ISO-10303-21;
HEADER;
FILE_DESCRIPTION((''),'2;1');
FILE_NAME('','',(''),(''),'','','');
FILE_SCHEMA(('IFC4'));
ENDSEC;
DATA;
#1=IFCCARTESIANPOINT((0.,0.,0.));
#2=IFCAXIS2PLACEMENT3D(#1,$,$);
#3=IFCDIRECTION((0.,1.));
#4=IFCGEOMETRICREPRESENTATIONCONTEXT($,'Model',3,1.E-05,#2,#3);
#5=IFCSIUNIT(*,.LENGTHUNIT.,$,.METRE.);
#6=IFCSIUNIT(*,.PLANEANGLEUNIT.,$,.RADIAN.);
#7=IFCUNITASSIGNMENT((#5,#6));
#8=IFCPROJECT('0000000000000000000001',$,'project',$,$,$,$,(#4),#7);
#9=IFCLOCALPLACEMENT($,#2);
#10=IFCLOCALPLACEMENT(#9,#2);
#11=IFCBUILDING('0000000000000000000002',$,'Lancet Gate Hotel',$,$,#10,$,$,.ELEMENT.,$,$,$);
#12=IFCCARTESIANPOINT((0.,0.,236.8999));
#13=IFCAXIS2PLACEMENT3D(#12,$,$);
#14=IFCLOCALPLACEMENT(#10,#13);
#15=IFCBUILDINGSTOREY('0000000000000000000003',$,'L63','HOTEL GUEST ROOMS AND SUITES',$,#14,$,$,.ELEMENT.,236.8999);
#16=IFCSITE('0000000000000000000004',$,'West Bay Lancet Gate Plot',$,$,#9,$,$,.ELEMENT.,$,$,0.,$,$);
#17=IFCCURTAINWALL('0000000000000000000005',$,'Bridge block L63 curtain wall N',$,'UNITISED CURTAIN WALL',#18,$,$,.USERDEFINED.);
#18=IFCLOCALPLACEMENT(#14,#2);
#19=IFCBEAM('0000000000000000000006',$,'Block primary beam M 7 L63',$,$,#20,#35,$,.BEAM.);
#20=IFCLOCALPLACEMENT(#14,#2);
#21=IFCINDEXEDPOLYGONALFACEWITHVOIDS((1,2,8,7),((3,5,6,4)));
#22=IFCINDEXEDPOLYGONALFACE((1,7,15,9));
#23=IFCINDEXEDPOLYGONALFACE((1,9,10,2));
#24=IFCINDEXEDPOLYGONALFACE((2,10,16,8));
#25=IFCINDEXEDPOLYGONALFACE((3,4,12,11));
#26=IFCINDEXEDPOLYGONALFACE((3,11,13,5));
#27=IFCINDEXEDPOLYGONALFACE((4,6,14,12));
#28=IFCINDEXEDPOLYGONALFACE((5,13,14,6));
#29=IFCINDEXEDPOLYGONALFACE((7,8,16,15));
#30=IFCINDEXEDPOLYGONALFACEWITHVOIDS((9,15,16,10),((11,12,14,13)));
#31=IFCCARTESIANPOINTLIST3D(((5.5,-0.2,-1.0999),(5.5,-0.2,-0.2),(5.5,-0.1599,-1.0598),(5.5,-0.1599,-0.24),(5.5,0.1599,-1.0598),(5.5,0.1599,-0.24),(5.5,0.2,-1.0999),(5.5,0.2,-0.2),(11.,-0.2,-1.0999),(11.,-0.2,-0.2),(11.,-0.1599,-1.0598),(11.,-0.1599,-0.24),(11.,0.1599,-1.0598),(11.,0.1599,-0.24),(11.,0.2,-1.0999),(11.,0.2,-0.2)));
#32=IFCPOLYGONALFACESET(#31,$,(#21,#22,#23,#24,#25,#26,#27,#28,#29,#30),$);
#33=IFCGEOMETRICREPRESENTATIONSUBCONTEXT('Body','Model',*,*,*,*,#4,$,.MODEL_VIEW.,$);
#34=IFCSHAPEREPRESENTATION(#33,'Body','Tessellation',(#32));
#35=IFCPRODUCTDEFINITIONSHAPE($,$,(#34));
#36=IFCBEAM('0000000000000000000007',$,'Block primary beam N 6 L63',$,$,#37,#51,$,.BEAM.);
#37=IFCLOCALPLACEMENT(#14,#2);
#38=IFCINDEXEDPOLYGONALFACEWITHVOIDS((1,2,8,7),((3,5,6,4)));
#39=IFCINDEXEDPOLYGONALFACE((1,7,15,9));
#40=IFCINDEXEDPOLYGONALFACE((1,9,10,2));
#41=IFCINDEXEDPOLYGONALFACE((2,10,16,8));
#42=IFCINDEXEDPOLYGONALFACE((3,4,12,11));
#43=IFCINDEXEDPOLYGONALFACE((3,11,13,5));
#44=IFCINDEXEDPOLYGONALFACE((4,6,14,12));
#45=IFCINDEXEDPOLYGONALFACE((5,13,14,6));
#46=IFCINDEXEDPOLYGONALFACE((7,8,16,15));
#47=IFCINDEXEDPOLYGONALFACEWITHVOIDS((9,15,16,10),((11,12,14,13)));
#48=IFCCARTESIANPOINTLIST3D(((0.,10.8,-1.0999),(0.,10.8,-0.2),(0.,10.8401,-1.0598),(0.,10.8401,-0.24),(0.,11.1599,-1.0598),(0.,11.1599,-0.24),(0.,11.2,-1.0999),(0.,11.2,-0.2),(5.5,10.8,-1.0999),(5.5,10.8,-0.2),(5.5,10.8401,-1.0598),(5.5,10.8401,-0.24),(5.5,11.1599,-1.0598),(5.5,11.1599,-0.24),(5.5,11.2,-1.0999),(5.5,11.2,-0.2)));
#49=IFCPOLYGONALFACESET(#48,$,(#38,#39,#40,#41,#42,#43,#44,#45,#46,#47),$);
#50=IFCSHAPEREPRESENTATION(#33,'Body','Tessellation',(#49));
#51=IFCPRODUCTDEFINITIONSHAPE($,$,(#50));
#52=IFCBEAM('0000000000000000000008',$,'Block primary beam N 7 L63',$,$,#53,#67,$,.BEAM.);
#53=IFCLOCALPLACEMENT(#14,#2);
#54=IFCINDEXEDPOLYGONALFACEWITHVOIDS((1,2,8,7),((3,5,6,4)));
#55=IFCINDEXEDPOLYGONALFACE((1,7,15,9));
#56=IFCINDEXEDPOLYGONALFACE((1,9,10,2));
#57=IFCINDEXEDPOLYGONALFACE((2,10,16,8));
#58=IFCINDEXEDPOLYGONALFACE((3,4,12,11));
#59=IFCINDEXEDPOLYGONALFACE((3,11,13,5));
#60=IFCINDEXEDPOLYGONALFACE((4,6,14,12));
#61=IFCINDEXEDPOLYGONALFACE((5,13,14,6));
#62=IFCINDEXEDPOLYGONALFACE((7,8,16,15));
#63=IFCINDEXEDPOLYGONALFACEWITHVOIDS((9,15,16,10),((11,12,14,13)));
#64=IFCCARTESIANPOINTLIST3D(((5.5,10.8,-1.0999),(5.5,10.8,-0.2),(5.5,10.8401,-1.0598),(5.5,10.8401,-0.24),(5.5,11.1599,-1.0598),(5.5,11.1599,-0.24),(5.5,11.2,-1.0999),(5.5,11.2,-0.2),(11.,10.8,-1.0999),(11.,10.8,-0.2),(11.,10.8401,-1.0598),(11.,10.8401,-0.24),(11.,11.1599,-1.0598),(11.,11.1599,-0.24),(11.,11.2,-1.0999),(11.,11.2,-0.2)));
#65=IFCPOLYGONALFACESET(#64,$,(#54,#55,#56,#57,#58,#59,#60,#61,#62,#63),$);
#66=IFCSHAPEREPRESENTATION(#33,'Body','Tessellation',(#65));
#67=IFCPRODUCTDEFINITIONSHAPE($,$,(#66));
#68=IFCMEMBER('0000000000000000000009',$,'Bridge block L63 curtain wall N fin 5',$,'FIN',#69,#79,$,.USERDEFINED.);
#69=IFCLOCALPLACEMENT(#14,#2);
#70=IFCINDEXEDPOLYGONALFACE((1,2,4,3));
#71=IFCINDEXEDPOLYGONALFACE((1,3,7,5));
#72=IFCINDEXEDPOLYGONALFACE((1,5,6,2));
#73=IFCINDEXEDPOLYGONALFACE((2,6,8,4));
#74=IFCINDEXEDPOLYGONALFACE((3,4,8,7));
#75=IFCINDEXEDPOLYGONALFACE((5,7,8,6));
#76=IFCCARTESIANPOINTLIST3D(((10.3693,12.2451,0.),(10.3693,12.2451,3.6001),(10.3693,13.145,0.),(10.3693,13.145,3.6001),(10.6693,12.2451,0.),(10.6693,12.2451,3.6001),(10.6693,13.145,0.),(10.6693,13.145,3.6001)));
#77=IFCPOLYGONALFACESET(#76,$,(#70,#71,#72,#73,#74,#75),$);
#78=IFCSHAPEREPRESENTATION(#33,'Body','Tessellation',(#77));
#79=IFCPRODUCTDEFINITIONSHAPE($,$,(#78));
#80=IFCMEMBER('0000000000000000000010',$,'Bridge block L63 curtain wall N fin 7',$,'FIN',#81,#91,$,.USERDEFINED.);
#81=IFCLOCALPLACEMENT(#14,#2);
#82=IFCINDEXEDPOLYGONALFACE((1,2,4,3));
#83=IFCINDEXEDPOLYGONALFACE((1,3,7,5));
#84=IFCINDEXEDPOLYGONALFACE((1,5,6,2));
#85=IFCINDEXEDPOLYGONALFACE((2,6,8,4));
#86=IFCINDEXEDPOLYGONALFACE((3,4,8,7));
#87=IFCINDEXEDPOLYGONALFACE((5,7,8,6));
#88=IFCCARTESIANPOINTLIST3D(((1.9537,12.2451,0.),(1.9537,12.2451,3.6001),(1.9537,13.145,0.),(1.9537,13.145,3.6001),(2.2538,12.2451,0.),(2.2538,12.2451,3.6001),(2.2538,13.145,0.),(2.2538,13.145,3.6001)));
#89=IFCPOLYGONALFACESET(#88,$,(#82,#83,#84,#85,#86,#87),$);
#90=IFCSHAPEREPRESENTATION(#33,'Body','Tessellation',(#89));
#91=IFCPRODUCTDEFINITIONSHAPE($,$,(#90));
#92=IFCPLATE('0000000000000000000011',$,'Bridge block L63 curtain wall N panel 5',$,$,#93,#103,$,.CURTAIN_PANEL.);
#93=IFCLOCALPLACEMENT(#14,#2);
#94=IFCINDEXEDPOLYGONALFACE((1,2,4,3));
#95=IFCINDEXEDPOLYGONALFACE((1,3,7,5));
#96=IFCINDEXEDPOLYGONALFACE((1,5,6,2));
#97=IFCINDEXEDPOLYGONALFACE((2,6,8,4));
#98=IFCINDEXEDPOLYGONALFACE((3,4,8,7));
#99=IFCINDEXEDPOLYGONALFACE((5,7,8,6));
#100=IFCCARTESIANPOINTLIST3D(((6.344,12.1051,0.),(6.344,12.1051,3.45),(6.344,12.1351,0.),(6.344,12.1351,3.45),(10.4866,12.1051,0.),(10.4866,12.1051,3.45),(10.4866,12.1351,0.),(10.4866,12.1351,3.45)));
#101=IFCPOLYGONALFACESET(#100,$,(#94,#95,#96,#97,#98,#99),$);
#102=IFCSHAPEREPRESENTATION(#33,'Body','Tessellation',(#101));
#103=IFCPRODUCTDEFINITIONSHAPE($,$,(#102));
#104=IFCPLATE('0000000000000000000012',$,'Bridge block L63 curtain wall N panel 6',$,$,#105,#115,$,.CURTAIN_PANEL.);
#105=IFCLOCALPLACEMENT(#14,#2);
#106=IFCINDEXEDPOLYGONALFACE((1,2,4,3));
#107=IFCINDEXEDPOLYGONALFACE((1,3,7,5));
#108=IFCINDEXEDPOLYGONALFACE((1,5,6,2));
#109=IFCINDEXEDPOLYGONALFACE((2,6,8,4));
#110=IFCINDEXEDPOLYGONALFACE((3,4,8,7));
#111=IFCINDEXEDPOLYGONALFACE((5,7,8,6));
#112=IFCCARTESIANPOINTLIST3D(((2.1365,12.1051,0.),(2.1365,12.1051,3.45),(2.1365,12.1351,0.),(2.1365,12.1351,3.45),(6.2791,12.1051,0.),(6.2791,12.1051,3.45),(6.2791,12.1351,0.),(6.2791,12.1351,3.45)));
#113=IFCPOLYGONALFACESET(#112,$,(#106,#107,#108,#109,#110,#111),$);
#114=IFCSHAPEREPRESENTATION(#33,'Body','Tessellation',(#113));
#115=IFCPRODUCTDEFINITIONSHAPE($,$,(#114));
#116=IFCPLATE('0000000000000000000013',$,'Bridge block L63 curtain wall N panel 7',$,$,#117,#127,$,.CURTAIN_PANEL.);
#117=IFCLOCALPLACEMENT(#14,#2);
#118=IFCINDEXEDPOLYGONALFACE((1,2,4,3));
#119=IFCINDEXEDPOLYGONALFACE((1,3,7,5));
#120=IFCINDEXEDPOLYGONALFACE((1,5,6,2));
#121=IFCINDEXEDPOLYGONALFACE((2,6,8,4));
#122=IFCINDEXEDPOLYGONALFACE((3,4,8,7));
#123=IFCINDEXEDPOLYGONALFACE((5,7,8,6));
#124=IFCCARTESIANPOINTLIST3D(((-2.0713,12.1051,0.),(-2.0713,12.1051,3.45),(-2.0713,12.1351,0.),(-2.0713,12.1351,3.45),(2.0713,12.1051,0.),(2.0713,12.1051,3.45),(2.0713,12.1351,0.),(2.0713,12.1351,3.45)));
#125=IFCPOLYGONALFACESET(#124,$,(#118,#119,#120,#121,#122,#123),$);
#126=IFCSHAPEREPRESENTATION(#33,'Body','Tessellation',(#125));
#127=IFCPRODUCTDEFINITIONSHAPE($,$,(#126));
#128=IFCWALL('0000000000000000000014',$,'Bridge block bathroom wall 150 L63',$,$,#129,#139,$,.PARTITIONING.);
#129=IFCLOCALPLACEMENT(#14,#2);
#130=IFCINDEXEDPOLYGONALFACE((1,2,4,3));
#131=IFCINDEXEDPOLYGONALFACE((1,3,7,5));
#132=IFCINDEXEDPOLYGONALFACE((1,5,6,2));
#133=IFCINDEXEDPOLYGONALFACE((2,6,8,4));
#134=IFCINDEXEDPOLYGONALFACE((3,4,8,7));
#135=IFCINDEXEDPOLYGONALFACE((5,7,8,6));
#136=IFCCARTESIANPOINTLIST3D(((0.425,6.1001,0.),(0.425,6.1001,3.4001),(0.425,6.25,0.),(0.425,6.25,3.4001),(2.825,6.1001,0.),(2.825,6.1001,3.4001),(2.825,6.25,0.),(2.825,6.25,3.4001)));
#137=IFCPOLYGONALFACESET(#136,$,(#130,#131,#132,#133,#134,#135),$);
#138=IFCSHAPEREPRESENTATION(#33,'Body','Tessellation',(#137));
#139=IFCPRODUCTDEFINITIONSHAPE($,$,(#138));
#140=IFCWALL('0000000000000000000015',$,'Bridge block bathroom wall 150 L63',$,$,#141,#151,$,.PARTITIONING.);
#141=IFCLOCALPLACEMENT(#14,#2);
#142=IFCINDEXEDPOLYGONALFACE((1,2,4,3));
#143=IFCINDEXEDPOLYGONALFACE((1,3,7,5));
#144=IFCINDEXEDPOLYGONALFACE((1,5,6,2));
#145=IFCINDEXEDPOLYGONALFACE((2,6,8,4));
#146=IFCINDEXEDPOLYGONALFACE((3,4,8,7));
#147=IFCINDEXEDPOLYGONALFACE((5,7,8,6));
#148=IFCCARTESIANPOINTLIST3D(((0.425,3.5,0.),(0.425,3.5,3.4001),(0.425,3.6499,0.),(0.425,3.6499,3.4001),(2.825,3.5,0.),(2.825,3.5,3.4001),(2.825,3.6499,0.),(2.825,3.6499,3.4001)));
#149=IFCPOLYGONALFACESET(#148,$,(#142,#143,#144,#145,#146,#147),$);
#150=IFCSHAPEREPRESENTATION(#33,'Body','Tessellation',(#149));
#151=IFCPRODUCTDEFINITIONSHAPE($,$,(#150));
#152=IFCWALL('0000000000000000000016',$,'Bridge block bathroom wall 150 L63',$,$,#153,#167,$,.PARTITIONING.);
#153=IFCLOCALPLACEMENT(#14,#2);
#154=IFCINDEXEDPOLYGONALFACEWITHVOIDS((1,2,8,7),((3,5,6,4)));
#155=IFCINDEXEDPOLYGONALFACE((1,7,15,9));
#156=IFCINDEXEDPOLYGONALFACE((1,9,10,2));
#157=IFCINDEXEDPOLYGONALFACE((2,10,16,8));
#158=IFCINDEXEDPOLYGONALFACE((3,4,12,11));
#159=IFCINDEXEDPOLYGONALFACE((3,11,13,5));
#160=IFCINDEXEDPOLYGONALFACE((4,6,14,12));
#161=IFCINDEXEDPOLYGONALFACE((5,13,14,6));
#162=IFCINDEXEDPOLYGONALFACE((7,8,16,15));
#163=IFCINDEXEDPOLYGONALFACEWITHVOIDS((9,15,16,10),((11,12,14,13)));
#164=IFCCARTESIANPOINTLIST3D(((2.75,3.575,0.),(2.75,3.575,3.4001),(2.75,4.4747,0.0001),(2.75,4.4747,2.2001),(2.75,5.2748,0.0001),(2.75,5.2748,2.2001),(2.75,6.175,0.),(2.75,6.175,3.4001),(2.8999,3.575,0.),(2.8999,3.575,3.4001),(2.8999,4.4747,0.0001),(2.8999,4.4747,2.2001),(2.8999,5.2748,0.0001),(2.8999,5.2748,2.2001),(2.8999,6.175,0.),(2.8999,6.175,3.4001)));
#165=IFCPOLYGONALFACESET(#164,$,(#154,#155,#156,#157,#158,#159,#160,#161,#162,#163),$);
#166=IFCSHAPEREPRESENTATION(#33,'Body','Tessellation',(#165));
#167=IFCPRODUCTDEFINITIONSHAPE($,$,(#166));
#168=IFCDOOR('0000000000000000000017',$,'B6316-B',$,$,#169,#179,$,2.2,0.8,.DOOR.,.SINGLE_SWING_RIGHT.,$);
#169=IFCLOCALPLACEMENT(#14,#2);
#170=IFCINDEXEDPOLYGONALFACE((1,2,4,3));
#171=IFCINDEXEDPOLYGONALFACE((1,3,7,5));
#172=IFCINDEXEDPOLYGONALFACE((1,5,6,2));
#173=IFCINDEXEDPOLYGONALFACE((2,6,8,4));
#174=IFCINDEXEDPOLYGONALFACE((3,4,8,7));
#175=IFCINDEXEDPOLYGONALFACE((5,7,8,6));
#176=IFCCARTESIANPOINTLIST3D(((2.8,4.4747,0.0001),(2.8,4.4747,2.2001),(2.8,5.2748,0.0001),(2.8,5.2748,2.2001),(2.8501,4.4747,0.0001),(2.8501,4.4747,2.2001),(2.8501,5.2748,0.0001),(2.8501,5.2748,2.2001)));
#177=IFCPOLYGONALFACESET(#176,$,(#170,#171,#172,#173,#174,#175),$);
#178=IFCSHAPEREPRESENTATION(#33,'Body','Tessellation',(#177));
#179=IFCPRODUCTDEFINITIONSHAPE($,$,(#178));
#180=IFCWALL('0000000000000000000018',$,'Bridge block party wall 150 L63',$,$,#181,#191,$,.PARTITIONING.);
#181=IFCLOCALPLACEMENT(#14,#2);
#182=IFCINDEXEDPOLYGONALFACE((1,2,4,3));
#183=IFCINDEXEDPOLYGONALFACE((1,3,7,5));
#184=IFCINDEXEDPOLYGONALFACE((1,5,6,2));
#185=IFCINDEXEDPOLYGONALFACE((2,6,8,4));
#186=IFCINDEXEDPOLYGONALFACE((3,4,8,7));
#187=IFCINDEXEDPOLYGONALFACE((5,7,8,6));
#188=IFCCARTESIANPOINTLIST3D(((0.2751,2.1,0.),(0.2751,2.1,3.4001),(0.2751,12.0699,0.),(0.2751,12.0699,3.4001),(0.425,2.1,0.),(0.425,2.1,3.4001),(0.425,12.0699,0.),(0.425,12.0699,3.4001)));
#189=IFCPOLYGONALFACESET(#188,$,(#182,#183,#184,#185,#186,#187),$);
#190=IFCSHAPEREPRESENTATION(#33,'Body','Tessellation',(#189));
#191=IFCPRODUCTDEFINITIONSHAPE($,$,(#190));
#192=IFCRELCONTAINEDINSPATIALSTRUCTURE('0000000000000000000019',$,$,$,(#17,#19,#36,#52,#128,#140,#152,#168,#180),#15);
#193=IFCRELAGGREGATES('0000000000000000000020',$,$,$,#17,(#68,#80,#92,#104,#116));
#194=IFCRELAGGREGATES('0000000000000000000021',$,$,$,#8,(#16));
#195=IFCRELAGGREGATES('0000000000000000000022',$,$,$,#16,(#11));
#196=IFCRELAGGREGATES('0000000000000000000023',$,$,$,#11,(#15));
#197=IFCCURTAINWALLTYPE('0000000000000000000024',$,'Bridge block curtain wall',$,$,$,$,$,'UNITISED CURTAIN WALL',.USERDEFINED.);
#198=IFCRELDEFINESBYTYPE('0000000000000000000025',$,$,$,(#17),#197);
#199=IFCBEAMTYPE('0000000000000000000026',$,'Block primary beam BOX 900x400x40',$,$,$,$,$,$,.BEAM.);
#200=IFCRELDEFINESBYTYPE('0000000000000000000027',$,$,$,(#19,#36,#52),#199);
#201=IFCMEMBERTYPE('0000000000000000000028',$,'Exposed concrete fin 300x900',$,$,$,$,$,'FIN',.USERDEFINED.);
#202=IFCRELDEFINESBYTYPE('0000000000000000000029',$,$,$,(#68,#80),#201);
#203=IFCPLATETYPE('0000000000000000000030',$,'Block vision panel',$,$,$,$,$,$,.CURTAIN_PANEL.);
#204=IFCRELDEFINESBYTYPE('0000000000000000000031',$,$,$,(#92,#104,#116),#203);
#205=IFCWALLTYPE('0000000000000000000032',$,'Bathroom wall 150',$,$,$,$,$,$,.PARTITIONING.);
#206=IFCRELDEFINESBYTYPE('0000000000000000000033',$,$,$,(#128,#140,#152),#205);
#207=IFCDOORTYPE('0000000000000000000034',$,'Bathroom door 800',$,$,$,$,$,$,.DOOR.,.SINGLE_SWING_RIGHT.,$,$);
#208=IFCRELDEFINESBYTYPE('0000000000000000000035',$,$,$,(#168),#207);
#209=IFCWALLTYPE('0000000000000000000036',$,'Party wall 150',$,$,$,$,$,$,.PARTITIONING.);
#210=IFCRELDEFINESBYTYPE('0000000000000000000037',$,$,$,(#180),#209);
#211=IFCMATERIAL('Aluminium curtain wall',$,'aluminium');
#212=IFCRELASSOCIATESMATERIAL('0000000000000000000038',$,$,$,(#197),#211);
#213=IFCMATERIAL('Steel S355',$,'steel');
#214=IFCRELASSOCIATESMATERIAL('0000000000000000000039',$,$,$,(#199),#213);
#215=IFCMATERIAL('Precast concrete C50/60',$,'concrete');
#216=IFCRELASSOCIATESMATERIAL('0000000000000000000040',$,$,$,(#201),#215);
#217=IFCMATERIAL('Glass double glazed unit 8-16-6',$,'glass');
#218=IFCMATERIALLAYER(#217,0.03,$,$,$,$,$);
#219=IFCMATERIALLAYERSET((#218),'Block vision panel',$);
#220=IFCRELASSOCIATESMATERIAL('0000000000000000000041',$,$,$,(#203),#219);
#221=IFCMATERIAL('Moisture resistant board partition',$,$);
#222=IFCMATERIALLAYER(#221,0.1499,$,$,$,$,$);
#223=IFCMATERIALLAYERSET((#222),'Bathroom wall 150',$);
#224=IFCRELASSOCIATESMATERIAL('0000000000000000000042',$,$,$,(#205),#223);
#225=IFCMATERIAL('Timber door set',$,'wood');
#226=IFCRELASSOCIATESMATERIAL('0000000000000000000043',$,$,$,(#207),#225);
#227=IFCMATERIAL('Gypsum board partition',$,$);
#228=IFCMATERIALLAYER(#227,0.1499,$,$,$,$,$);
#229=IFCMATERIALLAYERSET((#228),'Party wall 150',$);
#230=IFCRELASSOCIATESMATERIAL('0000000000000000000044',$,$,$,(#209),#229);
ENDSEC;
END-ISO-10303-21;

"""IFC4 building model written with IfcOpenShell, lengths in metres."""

from ifc_helpers import new_model, si_unit, direction, frame, frame_2d, origin, origin_2d, place, context, subcontext, project, spatial, rectangle, hollow_rectangle, extrude, material, layer, layer_set, material_profile, profile_set, type_object, element, fill, aggregate, save


model = new_model("IFC4")

# Units and contexts
model_context = context("Model", 3, precision=1e-05, world=origin(), true_north=direction((0.0, 1.0)))
body_context = subcontext(model_context, "Body", "Model", "MODEL_VIEW")
ifc_project = project(units=[si_unit("LENGTHUNIT", "METRE"), si_unit("PLANEANGLEUNIT", "RADIAN")], contexts=[model_context])

# Site, building, storey
site_placement = place(None, origin())
site = spatial("IfcSite", under=ifc_project, at=site_placement, Name="West Bay Lancet Gate Plot", CompositionType="ELEMENT", RefElevation=0.0)
building_placement = place(site_placement, origin())
building = spatial("IfcBuilding", under=site, at=building_placement, Name="Lancet Gate Hotel", CompositionType="ELEMENT")
storey_placement = place(building_placement, frame((0.0, 0.0, 236.8999)))
storey = spatial("IfcBuildingStorey", under=building, at=storey_placement, Name="L63", Description="HOTEL GUEST ROOMS AND SUITES", CompositionType="ELEMENT", Elevation=236.8999)

# Curtain wall
ifc_material_1 = material(Name="Aluminium curtain wall", Category="aluminium")
curtain_wall_type = type_object("IfcCurtainWallType", Name="Bridge block curtain wall", ElementType="UNITISED CURTAIN WALL", PredefinedType="USERDEFINED", material=ifc_material_1)
curtain_wall_placement = place(storey_placement, origin())
curtain_wall = element("IfcCurtainWall", 1, at=curtain_wall_placement, inside=storey, type_object=curtain_wall_type, Name="Bridge block L63 curtain wall N", ObjectType="UNITISED CURTAIN WALL", PredefinedType="USERDEFINED")

# Beams
ifc_material_2 = material(Name="Steel S355", Category="steel")
ifc_material_profile_1 = material_profile(ifc_material_2, hollow_rectangle(XDim=0.3999, YDim=0.8999, WallThickness=0.04, at=origin_2d()), Name="BOX 900x400x40")
ifc_profile_set_1 = profile_set([ifc_material_profile_1], Name="Steel S355")
beam_type_1 = type_object("IfcBeamType", Name="Block primary beam BOX 900x400x40", PredefinedType="BEAM", material=ifc_profile_set_1)
for number, where, z_axis, x_axis, name in (
    (2, (5.5, 0.0, -0.6499), (1.0, 0.0, 0.0), (0.0, 1.0, 0.0), "Block primary beam M 7 L63"),
    (3, (0.0, 11.0, -0.6499), (1.0, 0.0, 0.0), (0.0, 1.0, 0.0), "Block primary beam N 6 L63"),
    (4, (5.5, 11.0, -0.6499), (1.0, 0.0, 0.0), (0.0, 1.0, 0.0), "Block primary beam N 7 L63"),
):
    element("IfcBeam", number, at=place(storey_placement, frame(where, z_axis=z_axis, x_axis=x_axis)), inside=storey, type_object=beam_type_1, Name=name, PredefinedType="BEAM", context=body_context, shape_type="SweptSolid", body=[
        extrude(hollow_rectangle(XDim=0.3999, YDim=0.8999, WallThickness=0.04, at=origin_2d()), origin(), (0.0, 0.0, 1.0), 5.5),
    ])

# Members
ifc_material_3 = material(Name="Precast concrete C50/60", Category="concrete")
ifc_material_profile_2 = material_profile(ifc_material_3, rectangle(XDim=0.3, YDim=0.8999, at=origin_2d()), Name="FIN 300x900")
ifc_profile_set_2 = profile_set([ifc_material_profile_2], Name="Precast concrete C50/60")
member_type_1 = type_object("IfcMemberType", Name="Exposed concrete fin 300x900", ElementType="FIN", PredefinedType="USERDEFINED", material=ifc_profile_set_2)
member_1_placement = place(storey_placement, frame((10.5193, 12.6951, 0.0), z_axis=(0.0, 0.0, 1.0), x_axis=(-1.0, 0.0, 0.0)))
member_1 = element("IfcMember", 5, at=member_1_placement, type_object=member_type_1, Name="Bridge block L63 curtain wall N fin 5", ObjectType="FIN", PredefinedType="USERDEFINED", context=body_context, shape_type="SweptSolid", body=[
    extrude(rectangle(XDim=0.3, YDim=0.8999, at=origin_2d()), origin(), (0.0, 0.0, 1.0), 3.6001),
])
member_2_placement = place(storey_placement, frame((2.1038, 12.6951, 0.0), z_axis=(0.0, 0.0, 1.0), x_axis=(-1.0, 0.0, 0.0)))
member_2 = element("IfcMember", 6, at=member_2_placement, type_object=member_type_1, Name="Bridge block L63 curtain wall N fin 7", ObjectType="FIN", PredefinedType="USERDEFINED", context=body_context, shape_type="SweptSolid", body=[
    extrude(rectangle(XDim=0.3, YDim=0.8999, at=origin_2d()), origin(), (0.0, 0.0, 1.0), 3.6001),
])

# Plates
ifc_material_4 = material(Name="Glass double glazed unit 8-16-6", Category="glass")
ifc_layer_1 = layer(ifc_material_4, 0.03)
ifc_layer_set_1 = layer_set([ifc_layer_1], Name="Block vision panel")
plate_type = type_object("IfcPlateType", Name="Block vision panel", PredefinedType="CURTAIN_PANEL", material=ifc_layer_set_1)
plate_1_placement = place(storey_placement, frame((8.4153, 12.1201, 0.0), z_axis=(0.0, 0.0, 1.0), x_axis=(-1.0, 0.0, 0.0)))
plate_1 = element("IfcPlate", 7, at=plate_1_placement, type_object=plate_type, Name="Bridge block L63 curtain wall N panel 5", PredefinedType="CURTAIN_PANEL", context=body_context, shape_type="SweptSolid", body=[
    extrude(rectangle(XDim=4.1426, YDim=0.03, at=origin_2d()), origin(), (0.0, 0.0, 1.0), 3.45),
])
plate_2_placement = place(storey_placement, frame((4.2078, 12.1201, 0.0), z_axis=(0.0, 0.0, 1.0), x_axis=(-1.0, 0.0, 0.0)))
plate_2 = element("IfcPlate", 8, at=plate_2_placement, type_object=plate_type, Name="Bridge block L63 curtain wall N panel 6", PredefinedType="CURTAIN_PANEL", context=body_context, shape_type="SweptSolid", body=[
    extrude(rectangle(XDim=4.1426, YDim=0.03, at=origin_2d()), origin(), (0.0, 0.0, 1.0), 3.45),
])
plate_3_placement = place(storey_placement, frame((0.0, 12.1201, 0.0), z_axis=(0.0, 0.0, 1.0), x_axis=(-1.0, 0.0, 0.0)))
plate_3 = element("IfcPlate", 9, at=plate_3_placement, type_object=plate_type, Name="Bridge block L63 curtain wall N panel 7", PredefinedType="CURTAIN_PANEL", context=body_context, shape_type="SweptSolid", body=[
    extrude(rectangle(XDim=4.1426, YDim=0.03, at=origin_2d()), origin(), (0.0, 0.0, 1.0), 3.45),
])
aggregate(curtain_wall, [member_1, member_2, plate_1, plate_2, plate_3])

# Walls
ifc_material_5 = material(Name="Moisture resistant board partition")
ifc_layer_2 = layer(ifc_material_5, 0.1499)
ifc_layer_set_2 = layer_set([ifc_layer_2], Name="Bathroom wall 150")
wall_type_1 = type_object("IfcWallType", Name="Bathroom wall 150", PredefinedType="PARTITIONING", material=ifc_layer_set_2)
for number, where, z_axis, x_axis, name in (
    (10, (0.425, 6.175, 0.0), (0.0, 0.0, 1.0), (1.0, 0.0, 0.0), "Bridge block bathroom wall 150 L63"),
    (11, (0.425, 3.575, 0.0), (0.0, 0.0, 1.0), (1.0, 0.0, 0.0), "Bridge block bathroom wall 150 L63"),
):
    element("IfcWall", number, at=place(storey_placement, frame(where, z_axis=z_axis, x_axis=x_axis)), inside=storey, type_object=wall_type_1, Name=name, PredefinedType="PARTITIONING", context=body_context, shape_type="SweptSolid", body=[
        extrude(rectangle(XDim=2.3999, YDim=0.1499, at=frame_2d((1.2, 0.0))), origin(), (0.0, 0.0, 1.0), 3.4001),
    ])

# Wall, opening, door
wall_1_placement = place(storey_placement, frame((2.825, 3.575, 0.0), z_axis=(0.0, 0.0, 1.0), x_axis=(0.0, 1.0, 0.0)))
wall_1 = element("IfcWall", 12, at=wall_1_placement, inside=storey, type_object=wall_type_1, Name="Bridge block bathroom wall 150 L63", PredefinedType="PARTITIONING", context=body_context, shape_type="SweptSolid", body=[
    extrude(rectangle(XDim=2.6001, YDim=0.1499, at=frame_2d((1.3, 0.0))), origin(), (0.0, 0.0, 1.0), 3.4001),
])
opening_placement = place(wall_1_placement, frame((0.8999, 0.0, 0.0)))
opening = element("IfcOpeningElement", 13, at=opening_placement, cuts=wall_1, PredefinedType="OPENING", context=body_context, shape_type="SweptSolid", body=[
    extrude(rectangle(XDim=0.8, YDim=2.2, at=frame_2d((0.3999, 1.1001))), frame((0.0, 0.085, 0.0), z_axis=(0.0, -1.0, 0.0), x_axis=(1.0, 0.0, 0.0)), (0.0, 0.0, 1.0), 0.1699),
])
ifc_material_6 = material(Name="Timber door set", Category="wood")
door_type = type_object("IfcDoorType", Name="Bathroom door 800", OperationType="SINGLE_SWING_RIGHT", PredefinedType="DOOR", material=ifc_material_6)
door_placement = place(opening_placement, origin())
door = element("IfcDoor", 14, at=door_placement, inside=storey, type_object=door_type, Name="B6316-B", OperationType="SINGLE_SWING_RIGHT", OverallHeight=2.2, OverallWidth=0.8, PredefinedType="DOOR", context=body_context, shape_type="SweptSolid", body=[
    extrude(rectangle(XDim=0.8, YDim=2.2, at=frame_2d((0.3999, 1.1001))), frame((0.0, 0.0249, 0.0), z_axis=(0.0, -1.0, 0.0), x_axis=(1.0, 0.0, 0.0)), (0.0, 0.0, 1.0), 0.05),
])
fill(opening, door)

# Wall
ifc_material_7 = material(Name="Gypsum board partition")
ifc_layer_3 = layer(ifc_material_7, 0.1499)
ifc_layer_set_3 = layer_set([ifc_layer_3], Name="Party wall 150")
wall_type_2 = type_object("IfcWallType", Name="Party wall 150", PredefinedType="PARTITIONING", material=ifc_layer_set_3)
wall_2_placement = place(storey_placement, frame((0.3501, 2.1001, 0.0), z_axis=(0.0, 0.0, 1.0), x_axis=(0.0, 1.0, 0.0)))
element("IfcWall", 15, at=wall_2_placement, inside=storey, type_object=wall_type_2, Name="Bridge block party wall 150 L63", PredefinedType="PARTITIONING", context=body_context, shape_type="SweptSolid", body=[
    extrude(rectangle(XDim=9.97, YDim=0.1499, at=frame_2d((4.9849, 0.0))), origin(), (0.0, 0.0, 1.0), 3.4001),
])

save(model, "model.ifc")
